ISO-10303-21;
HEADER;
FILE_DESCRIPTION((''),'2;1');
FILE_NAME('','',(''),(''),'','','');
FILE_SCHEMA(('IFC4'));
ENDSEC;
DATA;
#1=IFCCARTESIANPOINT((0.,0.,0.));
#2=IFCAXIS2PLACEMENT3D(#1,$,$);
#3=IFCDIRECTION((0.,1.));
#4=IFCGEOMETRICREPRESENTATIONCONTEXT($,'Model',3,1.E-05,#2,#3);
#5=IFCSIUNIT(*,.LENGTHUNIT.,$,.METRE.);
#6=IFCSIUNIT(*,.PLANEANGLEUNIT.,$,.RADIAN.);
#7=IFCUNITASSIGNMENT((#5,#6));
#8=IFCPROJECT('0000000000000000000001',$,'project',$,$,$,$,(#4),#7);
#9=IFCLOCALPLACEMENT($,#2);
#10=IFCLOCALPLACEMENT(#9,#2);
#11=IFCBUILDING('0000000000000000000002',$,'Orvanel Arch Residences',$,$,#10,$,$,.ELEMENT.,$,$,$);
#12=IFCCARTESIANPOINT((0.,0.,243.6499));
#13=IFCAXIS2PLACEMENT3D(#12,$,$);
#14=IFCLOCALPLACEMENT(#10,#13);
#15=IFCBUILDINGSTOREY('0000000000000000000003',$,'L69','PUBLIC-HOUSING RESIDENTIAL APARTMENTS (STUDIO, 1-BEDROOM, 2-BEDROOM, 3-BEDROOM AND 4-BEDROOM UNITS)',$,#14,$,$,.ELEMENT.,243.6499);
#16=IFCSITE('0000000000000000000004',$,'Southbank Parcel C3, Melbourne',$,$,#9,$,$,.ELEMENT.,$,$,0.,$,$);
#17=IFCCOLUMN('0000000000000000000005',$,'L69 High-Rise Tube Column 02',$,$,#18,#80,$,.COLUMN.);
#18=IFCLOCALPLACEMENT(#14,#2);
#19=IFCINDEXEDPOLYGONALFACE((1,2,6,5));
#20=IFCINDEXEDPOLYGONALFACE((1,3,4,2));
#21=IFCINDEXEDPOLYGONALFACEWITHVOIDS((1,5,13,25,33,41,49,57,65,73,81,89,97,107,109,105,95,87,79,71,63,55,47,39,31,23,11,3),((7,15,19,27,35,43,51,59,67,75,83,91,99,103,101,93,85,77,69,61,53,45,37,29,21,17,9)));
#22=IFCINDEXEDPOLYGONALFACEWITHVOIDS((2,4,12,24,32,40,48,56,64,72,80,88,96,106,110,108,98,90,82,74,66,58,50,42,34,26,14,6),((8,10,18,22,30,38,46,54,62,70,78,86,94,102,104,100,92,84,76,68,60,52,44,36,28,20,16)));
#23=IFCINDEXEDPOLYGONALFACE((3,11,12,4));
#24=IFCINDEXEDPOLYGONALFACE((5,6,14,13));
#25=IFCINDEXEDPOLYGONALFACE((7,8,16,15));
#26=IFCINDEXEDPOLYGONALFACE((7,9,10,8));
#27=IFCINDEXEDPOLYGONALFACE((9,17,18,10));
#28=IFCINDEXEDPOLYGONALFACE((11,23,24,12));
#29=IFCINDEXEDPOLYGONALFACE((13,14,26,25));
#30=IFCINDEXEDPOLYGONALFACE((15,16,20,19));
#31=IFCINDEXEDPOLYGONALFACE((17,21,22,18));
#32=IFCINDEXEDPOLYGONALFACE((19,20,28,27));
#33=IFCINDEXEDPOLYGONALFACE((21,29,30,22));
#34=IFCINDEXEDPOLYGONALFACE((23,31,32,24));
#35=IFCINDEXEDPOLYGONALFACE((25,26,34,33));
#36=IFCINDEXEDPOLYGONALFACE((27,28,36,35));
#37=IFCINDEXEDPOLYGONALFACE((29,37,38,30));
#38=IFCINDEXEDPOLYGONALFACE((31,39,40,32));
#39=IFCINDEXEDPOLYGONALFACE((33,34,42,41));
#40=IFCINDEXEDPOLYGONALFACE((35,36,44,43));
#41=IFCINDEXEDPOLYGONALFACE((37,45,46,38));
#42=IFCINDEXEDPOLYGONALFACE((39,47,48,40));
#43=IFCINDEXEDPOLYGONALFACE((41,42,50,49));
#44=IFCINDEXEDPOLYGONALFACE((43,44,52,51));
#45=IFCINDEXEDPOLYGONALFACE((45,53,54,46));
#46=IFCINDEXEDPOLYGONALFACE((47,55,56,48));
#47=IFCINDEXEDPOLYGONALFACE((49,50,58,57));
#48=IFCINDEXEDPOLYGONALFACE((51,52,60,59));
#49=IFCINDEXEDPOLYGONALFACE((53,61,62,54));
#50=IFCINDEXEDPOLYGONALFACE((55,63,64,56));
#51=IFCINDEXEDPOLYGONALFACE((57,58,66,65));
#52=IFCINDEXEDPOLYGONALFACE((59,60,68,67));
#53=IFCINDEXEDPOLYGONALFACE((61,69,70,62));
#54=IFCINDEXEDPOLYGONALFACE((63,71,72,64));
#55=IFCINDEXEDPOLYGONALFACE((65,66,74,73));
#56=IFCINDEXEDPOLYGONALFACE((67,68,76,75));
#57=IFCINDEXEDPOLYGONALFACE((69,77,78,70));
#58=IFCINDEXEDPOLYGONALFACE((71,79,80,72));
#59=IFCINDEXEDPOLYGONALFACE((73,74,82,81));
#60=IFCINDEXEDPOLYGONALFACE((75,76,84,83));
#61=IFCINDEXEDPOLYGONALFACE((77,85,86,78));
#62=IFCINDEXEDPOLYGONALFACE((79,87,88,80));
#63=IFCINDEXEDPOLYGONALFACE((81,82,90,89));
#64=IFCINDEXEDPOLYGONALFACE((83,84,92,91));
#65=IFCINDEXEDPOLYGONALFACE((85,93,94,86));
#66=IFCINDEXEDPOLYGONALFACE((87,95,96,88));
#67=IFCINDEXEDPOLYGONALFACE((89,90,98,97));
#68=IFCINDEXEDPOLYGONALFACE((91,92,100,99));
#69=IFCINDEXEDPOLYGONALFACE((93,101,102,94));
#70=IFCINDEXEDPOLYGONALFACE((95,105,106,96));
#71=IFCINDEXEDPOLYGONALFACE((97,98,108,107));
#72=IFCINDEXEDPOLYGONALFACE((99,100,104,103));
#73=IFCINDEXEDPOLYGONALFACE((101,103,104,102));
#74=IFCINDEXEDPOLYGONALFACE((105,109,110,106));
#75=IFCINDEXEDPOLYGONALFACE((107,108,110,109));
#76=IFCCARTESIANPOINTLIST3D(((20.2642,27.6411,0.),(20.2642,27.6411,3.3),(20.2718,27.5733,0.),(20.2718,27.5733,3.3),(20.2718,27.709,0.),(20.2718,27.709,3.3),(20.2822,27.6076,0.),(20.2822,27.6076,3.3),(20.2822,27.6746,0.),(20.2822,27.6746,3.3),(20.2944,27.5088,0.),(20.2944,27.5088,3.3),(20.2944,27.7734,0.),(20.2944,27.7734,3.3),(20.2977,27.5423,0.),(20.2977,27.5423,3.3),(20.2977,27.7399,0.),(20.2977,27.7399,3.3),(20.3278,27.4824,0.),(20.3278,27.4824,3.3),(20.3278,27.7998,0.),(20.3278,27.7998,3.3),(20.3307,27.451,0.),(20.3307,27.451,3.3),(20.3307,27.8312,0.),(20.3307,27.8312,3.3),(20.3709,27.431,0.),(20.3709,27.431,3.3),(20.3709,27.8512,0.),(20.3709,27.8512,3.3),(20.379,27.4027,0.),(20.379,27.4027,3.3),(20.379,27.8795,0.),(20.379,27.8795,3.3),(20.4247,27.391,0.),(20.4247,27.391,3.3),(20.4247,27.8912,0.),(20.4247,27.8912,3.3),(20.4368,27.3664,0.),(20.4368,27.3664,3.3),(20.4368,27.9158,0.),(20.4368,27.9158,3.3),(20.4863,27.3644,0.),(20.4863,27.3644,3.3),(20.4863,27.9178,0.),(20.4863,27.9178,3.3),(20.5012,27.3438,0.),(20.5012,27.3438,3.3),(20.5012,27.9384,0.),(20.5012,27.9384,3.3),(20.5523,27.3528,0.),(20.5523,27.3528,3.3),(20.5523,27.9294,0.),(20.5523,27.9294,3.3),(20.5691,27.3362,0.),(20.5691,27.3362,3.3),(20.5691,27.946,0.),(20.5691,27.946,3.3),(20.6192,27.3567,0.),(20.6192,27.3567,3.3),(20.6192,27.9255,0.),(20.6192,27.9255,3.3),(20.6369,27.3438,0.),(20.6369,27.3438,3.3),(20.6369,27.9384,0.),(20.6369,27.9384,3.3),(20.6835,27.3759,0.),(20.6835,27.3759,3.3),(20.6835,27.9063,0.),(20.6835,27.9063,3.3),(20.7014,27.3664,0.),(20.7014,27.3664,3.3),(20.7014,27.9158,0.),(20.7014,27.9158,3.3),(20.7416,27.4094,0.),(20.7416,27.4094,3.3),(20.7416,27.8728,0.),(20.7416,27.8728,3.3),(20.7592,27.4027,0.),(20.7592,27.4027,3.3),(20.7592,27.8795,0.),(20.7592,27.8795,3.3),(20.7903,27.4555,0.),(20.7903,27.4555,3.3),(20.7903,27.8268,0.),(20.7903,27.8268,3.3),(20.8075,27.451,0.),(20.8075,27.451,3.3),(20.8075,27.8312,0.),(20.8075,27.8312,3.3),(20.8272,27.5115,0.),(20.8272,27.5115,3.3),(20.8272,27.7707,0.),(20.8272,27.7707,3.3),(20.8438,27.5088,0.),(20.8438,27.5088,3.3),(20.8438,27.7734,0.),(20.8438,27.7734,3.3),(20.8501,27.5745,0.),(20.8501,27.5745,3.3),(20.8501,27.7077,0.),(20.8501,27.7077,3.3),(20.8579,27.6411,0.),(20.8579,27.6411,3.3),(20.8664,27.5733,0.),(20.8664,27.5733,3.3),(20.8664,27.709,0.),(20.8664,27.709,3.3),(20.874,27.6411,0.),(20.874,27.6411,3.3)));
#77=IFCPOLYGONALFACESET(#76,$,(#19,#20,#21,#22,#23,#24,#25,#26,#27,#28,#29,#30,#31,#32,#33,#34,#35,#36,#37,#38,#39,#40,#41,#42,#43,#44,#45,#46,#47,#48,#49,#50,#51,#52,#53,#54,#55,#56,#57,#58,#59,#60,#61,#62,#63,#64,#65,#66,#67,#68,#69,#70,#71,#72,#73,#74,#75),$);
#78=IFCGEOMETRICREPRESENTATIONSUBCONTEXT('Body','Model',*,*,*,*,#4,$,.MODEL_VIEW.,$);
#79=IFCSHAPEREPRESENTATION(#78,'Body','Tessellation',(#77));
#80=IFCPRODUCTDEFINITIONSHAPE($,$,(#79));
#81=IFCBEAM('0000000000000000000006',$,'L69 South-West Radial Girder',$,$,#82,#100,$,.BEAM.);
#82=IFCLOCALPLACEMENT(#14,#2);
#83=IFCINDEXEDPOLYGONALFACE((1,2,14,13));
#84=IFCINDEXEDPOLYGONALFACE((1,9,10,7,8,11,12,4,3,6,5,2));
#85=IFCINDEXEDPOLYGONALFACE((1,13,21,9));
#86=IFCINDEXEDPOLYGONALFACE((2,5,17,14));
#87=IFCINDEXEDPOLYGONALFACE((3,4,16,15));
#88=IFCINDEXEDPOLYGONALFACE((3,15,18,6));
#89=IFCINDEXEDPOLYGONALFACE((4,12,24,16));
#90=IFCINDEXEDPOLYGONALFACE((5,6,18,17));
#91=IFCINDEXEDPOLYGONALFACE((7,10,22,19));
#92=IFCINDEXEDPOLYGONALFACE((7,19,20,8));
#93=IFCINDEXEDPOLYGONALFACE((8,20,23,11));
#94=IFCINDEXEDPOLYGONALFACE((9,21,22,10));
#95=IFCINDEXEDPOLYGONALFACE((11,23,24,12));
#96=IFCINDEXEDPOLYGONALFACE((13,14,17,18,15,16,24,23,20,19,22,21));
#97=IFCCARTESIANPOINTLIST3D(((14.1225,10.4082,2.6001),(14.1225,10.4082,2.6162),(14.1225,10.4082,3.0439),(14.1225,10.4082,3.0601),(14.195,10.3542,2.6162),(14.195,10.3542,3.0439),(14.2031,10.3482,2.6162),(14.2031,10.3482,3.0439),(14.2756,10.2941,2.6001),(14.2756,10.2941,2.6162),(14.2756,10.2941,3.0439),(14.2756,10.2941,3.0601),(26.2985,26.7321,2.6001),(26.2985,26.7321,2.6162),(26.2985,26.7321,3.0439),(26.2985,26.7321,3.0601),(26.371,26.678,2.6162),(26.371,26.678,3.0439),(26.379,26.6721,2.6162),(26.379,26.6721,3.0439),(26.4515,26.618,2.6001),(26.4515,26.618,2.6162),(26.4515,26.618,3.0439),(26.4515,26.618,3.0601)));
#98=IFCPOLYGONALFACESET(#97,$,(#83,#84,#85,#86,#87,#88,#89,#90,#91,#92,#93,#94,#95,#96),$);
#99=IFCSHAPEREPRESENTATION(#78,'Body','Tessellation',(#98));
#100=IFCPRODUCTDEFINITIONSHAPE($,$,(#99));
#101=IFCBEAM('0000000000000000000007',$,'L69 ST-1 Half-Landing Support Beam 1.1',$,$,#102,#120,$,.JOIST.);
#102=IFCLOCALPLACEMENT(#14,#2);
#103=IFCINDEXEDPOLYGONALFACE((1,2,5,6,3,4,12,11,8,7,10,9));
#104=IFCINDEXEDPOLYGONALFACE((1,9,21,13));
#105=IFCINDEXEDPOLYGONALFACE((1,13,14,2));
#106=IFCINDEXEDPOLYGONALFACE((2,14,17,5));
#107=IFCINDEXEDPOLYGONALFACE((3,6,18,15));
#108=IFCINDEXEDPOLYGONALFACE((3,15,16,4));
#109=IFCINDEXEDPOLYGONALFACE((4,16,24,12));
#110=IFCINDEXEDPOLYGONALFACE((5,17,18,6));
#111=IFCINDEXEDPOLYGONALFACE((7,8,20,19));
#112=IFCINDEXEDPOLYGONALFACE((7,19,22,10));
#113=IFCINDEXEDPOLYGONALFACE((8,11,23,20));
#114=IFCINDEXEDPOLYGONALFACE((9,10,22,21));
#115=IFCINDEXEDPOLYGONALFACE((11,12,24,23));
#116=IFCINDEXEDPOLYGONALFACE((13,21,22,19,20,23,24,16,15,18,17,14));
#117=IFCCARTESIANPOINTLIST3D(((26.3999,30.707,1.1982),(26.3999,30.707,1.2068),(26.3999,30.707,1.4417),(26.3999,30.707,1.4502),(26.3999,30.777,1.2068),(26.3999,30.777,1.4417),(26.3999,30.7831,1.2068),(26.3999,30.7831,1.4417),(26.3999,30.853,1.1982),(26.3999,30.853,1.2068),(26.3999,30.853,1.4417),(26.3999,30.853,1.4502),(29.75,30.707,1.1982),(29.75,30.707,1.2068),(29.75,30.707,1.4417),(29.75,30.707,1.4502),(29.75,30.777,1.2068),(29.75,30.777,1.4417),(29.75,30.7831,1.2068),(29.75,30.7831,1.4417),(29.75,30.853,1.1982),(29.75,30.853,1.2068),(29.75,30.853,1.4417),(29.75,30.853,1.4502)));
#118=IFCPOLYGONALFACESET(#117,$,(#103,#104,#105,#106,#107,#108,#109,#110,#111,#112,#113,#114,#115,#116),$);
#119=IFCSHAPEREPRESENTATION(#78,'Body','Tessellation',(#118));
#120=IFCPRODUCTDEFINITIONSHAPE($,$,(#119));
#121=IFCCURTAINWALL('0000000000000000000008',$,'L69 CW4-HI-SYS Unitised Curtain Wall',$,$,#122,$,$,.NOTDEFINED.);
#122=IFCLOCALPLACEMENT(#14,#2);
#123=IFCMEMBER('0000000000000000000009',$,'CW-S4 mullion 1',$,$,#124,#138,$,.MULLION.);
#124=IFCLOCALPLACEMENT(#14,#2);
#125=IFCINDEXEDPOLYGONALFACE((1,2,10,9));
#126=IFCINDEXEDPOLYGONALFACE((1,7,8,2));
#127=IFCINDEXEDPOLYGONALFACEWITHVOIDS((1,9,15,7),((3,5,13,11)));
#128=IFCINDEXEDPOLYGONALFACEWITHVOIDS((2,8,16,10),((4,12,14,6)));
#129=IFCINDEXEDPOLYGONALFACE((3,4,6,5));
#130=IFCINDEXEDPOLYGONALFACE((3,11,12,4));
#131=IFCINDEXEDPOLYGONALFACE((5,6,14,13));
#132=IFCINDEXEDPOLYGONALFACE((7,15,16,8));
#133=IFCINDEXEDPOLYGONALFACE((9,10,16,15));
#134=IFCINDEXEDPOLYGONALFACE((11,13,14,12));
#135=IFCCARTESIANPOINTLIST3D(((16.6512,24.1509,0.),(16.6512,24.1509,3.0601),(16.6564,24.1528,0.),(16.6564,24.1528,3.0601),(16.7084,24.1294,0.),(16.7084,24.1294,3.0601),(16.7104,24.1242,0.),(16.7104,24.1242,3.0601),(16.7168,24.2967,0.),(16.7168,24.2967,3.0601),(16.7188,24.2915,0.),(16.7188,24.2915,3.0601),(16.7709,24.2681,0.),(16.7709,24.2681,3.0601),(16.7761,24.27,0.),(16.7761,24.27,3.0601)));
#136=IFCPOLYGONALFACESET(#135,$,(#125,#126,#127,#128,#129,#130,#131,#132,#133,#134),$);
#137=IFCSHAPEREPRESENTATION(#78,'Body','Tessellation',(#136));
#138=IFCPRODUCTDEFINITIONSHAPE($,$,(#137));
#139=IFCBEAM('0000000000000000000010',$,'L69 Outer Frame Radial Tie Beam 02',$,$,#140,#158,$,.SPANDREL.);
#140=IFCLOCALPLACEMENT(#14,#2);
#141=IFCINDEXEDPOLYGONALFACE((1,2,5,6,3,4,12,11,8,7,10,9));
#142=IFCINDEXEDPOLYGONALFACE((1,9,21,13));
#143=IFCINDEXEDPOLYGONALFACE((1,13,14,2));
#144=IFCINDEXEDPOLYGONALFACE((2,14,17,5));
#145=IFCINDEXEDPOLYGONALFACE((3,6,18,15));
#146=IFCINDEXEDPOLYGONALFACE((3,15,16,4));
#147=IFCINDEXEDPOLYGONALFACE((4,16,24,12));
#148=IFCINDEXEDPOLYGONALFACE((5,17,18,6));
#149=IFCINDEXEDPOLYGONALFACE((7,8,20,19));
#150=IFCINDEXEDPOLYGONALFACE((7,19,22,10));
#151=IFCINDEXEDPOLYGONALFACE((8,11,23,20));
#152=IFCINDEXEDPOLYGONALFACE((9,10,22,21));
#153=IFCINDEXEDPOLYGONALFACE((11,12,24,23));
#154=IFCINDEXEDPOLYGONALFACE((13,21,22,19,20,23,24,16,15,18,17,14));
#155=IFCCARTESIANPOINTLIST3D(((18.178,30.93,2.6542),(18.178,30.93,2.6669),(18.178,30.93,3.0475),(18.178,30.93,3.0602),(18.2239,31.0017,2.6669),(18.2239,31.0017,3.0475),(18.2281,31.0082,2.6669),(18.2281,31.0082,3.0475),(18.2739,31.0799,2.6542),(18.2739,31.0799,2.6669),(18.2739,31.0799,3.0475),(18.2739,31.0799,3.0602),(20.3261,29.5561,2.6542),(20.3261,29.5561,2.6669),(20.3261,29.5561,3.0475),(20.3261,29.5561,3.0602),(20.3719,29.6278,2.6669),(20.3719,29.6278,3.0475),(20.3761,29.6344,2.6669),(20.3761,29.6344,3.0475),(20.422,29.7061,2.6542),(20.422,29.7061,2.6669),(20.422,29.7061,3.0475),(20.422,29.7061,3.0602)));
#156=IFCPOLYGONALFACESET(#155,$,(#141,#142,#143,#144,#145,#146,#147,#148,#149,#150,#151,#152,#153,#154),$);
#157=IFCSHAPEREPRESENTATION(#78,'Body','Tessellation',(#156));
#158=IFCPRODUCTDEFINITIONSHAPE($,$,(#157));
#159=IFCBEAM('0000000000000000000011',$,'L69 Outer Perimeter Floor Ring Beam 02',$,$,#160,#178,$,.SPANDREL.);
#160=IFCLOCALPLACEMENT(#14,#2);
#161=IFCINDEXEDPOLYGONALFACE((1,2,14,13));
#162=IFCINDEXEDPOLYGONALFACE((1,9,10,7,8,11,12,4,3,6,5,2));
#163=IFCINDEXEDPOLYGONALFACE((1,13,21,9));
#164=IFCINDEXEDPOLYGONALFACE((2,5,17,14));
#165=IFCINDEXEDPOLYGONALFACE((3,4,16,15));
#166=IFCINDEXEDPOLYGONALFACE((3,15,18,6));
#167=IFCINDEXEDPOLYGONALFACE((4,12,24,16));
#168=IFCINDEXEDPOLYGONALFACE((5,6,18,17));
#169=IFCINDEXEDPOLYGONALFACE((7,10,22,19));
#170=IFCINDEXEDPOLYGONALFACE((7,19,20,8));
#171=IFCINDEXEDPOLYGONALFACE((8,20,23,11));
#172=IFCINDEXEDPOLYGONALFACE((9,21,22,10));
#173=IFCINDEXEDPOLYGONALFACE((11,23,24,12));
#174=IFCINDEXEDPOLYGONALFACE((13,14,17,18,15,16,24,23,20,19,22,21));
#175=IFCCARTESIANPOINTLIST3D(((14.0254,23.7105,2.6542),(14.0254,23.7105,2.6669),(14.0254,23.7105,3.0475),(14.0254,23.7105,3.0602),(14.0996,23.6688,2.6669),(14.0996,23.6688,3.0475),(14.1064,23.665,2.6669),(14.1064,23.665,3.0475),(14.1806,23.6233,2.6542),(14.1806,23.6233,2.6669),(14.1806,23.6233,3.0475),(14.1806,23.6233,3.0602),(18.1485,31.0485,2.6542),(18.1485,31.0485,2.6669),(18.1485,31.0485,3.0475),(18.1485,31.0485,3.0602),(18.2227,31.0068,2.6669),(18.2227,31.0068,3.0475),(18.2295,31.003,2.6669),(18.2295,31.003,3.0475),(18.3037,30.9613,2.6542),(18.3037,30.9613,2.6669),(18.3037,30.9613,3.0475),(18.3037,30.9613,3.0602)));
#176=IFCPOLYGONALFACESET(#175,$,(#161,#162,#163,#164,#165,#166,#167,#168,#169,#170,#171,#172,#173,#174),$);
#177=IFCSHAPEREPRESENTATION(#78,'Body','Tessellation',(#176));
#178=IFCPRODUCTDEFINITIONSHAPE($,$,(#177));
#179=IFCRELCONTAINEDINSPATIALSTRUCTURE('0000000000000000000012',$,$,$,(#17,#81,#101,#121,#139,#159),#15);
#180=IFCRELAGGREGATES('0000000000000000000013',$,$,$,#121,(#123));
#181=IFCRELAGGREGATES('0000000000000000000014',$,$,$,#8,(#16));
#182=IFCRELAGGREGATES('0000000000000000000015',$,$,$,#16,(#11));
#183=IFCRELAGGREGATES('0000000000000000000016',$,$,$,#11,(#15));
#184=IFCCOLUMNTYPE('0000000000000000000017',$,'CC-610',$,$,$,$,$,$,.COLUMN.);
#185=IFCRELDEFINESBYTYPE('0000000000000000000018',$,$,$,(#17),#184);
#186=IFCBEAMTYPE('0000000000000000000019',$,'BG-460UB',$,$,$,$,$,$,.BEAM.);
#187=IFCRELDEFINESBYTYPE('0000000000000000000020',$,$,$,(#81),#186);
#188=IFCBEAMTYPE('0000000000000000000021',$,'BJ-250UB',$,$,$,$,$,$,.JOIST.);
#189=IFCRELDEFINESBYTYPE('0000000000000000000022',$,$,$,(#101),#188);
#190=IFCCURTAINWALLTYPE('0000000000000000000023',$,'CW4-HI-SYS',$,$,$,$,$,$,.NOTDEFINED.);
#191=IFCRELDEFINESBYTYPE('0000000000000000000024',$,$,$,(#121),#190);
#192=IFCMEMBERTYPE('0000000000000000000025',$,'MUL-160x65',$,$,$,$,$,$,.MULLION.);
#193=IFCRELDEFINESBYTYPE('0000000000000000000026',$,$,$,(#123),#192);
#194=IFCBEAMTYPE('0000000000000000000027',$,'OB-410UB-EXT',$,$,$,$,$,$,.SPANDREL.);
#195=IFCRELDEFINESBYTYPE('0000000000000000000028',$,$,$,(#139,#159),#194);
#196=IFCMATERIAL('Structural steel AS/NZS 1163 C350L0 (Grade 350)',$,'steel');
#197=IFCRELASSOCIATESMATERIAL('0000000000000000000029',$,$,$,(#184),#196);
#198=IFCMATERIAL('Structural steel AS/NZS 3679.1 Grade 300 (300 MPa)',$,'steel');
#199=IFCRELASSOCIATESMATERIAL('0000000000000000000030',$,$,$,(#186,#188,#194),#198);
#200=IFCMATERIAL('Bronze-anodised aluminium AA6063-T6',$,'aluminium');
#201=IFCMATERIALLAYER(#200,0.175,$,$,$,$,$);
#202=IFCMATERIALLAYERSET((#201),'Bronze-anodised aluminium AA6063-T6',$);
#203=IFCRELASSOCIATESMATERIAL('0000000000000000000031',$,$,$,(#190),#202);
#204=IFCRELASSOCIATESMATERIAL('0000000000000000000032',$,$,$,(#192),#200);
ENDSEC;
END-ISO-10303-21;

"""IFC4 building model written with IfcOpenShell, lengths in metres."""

from ifc_helpers import new_model, si_unit, direction, frame, origin, origin_2d, place, context, subcontext, project, spatial, hollow_rectangle, hollow_circle, i_section, extrude, material, layer, layer_set, material_profile, profile_set, type_object, element, aggregate, save


model = new_model("IFC4")

# Units and contexts
model_context = context("Model", 3, precision=1e-05, world=origin(), true_north=direction((0.0, 1.0)))
body_context = subcontext(model_context, "Body", "Model", "MODEL_VIEW")
ifc_project = project(units=[si_unit("LENGTHUNIT", "METRE"), si_unit("PLANEANGLEUNIT", "RADIAN")], contexts=[model_context])

# Site, building, storey
site_placement = place(None, origin())
site = spatial("IfcSite", under=ifc_project, at=site_placement, Name="Southbank Parcel C3, Melbourne", CompositionType="ELEMENT", RefElevation=0.0)
building_placement = place(site_placement, origin())
building = spatial("IfcBuilding", under=site, at=building_placement, Name="Orvanel Arch Residences", CompositionType="ELEMENT")
storey_placement = place(building_placement, frame((0.0, 0.0, 243.6499)))
storey = spatial("IfcBuildingStorey", under=building, at=storey_placement, Name="L69", Description="PUBLIC-HOUSING RESIDENTIAL APARTMENTS (STUDIO, 1-BEDROOM, 2-BEDROOM, 3-BEDROOM AND 4-BEDROOM UNITS)", CompositionType="ELEMENT", Elevation=243.6499)

# Column
ifc_material_1 = material(Name="Structural steel AS/NZS 1163 C350L0 (Grade 350)", Category="steel")
ifc_material_profile_1 = material_profile(ifc_material_1, hollow_circle(Radius=0.3049, WallThickness=0.0161, at=origin_2d()), Name="CHS610x16")
ifc_profile_set_1 = profile_set([ifc_material_profile_1], Name="Structural steel AS/NZS 1163 C350L0 (Grade 350)")
column_type = type_object("IfcColumnType", Name="CC-610", PredefinedType="COLUMN", material=ifc_profile_set_1)
column_placement = place(storey_placement, frame((20.5691, 27.6411, 0.0), z_axis=(0.0, 0.0, 1.0), x_axis=(1.0, 0.0, 0.0)))
element("IfcColumn", 1, at=column_placement, inside=storey, type_object=column_type, Name="L69 High-Rise Tube Column 02", PredefinedType="COLUMN", context=body_context, shape_type="SweptSolid", body=[
    extrude(hollow_circle(Radius=0.3049, WallThickness=0.0161, at=origin_2d()), origin(), (0.0, 0.0, 1.0), 3.3),
])

# Beams
ifc_material_2 = material(Name="Structural steel AS/NZS 3679.1 Grade 300 (300 MPa)", Category="steel")
ifc_material_profile_2 = material_profile(ifc_material_2, i_section(OverallWidth=0.1909, OverallDepth=0.46, WebThickness=0.01, FlangeThickness=0.0161, at=origin_2d()), Name="460UB82.1")
ifc_profile_set_2 = profile_set([ifc_material_profile_2], Name="Structural steel AS/NZS 3679.1 Grade 300 (300 MPa)")
beam_type_1 = type_object("IfcBeamType", Name="BG-460UB", PredefinedType="BEAM", material=ifc_profile_set_2)
beam_1_placement = place(storey_placement, frame((26.375, 26.675, 2.8301), z_axis=(-0.597894, -0.801575, 0.0), x_axis=(0.801575, -0.597894, 0.0)))
element("IfcBeam", 2, at=beam_1_placement, inside=storey, type_object=beam_type_1, Name="L69 South-West Radial Girder", PredefinedType="BEAM", context=body_context, shape_type="SweptSolid", body=[
    extrude(i_section(OverallWidth=0.1909, OverallDepth=0.46, WebThickness=0.01, FlangeThickness=0.0161, at=origin_2d()), origin(), (0.0, 0.0, 1.0), 20.3647),
])
ifc_material_profile_3 = material_profile(ifc_material_2, i_section(OverallWidth=0.146, OverallDepth=0.252, WebThickness=0.0061, FlangeThickness=0.0085, at=origin_2d()), Name="250UB31.4")
ifc_profile_set_3 = profile_set([ifc_material_profile_3], Name="Structural steel AS/NZS 3679.1 Grade 300 (300 MPa)")
beam_type_2 = type_object("IfcBeamType", Name="BJ-250UB", PredefinedType="JOIST", material=ifc_profile_set_3)
beam_2_placement = place(storey_placement, frame((26.3999, 30.78, 1.3242), z_axis=(1.0, 0.0, 0.0), x_axis=(0.0, 1.0, 0.0)))
element("IfcBeam", 3, at=beam_2_placement, inside=storey, type_object=beam_type_2, Name="L69 ST-1 Half-Landing Support Beam 1.1", PredefinedType="JOIST", context=body_context, shape_type="SweptSolid", body=[
    extrude(i_section(OverallWidth=0.146, OverallDepth=0.252, WebThickness=0.0061, FlangeThickness=0.0085, at=origin_2d()), origin(), (0.0, 0.0, 1.0), 3.3501),
])

# Curtain wall, member
ifc_material_3 = material(Name="Bronze-anodised aluminium AA6063-T6", Category="aluminium")
ifc_layer_1 = layer(ifc_material_3, 0.175)
ifc_layer_set_1 = layer_set([ifc_layer_1], Name="Bronze-anodised aluminium AA6063-T6")
curtain_wall_type = type_object("IfcCurtainWallType", Name="CW4-HI-SYS", PredefinedType="NOTDEFINED", material=ifc_layer_set_1)
curtain_wall_placement = place(storey_placement, origin())
curtain_wall = element("IfcCurtainWall", 4, at=curtain_wall_placement, inside=storey, type_object=curtain_wall_type, Name="L69 CW4-HI-SYS Unitised Curtain Wall", PredefinedType="NOTDEFINED")
ifc_material_profile_4 = material_profile(ifc_material_3, hollow_rectangle(XDim=0.0649, YDim=0.1599, WallThickness=0.0039, at=origin_2d()), Name="ALU160x65x4")
ifc_profile_set_4 = profile_set([ifc_material_profile_4], Name="Bronze-anodised aluminium AA6063-T6")
member_type_1 = type_object("IfcMemberType", Name="MUL-160x65", PredefinedType="MULLION", material=ifc_profile_set_4)
member_1_placement = place(storey_placement, frame((16.7136, 24.2104, 0.0), z_axis=(0.0, 0.0, 1.0), x_axis=(0.911828, -0.410572, 0.0)))
member_1 = element("IfcMember", 5, at=member_1_placement, type_object=member_type_1, Name="CW-S4 mullion 1", PredefinedType="MULLION", context=body_context, shape_type="SweptSolid", body=[
    extrude(hollow_rectangle(XDim=0.0649, YDim=0.1599, WallThickness=0.0039, at=origin_2d()), origin(), (0.0, 0.0, 1.0), 3.0601),
])

# Beams
ifc_material_profile_5 = material_profile(ifc_material_2, i_section(OverallWidth=0.178, OverallDepth=0.406, WebThickness=0.0078, FlangeThickness=0.0127, at=origin_2d()), Name="410UB59.7")
ifc_profile_set_5 = profile_set([ifc_material_profile_5], Name="Structural steel AS/NZS 3679.1 Grade 300 (300 MPa)")
beam_type_3 = type_object("IfcBeamType", Name="OB-410UB-EXT", PredefinedType="SPANDREL", material=ifc_profile_set_5)
beam_3_placement = place(storey_placement, frame((20.374, 29.6311, 2.8572), z_axis=(-0.842433, 0.538801, 0.0), x_axis=(-0.538801, -0.842433, 0.0)))
element("IfcBeam", 6, at=beam_3_placement, inside=storey, type_object=beam_type_3, Name="L69 Outer Frame Radial Tie Beam 02", PredefinedType="SPANDREL", context=body_context, shape_type="SweptSolid", body=[
    extrude(i_section(OverallWidth=0.178, OverallDepth=0.406, WebThickness=0.0078, FlangeThickness=0.0127, at=origin_2d()), origin(), (0.0, 0.0, 1.0), 2.5498),
])
beam_4_placement = place(storey_placement, frame((18.2261, 31.0049, 2.8572), z_axis=(-0.489854, -0.871805, 0.0), x_axis=(0.871805, -0.489854, 0.0)))
element("IfcBeam", 7, at=beam_4_placement, inside=storey, type_object=beam_type_3, Name="L69 Outer Perimeter Floor Ring Beam 02", PredefinedType="SPANDREL", context=body_context, shape_type="SweptSolid", body=[
    extrude(i_section(OverallWidth=0.178, OverallDepth=0.406, WebThickness=0.0078, FlangeThickness=0.0127, at=origin_2d()), origin(), (0.0, 0.0, 1.0), 8.417),
])

aggregate(curtain_wall, [member_1])

save(model, "model.ifc")
